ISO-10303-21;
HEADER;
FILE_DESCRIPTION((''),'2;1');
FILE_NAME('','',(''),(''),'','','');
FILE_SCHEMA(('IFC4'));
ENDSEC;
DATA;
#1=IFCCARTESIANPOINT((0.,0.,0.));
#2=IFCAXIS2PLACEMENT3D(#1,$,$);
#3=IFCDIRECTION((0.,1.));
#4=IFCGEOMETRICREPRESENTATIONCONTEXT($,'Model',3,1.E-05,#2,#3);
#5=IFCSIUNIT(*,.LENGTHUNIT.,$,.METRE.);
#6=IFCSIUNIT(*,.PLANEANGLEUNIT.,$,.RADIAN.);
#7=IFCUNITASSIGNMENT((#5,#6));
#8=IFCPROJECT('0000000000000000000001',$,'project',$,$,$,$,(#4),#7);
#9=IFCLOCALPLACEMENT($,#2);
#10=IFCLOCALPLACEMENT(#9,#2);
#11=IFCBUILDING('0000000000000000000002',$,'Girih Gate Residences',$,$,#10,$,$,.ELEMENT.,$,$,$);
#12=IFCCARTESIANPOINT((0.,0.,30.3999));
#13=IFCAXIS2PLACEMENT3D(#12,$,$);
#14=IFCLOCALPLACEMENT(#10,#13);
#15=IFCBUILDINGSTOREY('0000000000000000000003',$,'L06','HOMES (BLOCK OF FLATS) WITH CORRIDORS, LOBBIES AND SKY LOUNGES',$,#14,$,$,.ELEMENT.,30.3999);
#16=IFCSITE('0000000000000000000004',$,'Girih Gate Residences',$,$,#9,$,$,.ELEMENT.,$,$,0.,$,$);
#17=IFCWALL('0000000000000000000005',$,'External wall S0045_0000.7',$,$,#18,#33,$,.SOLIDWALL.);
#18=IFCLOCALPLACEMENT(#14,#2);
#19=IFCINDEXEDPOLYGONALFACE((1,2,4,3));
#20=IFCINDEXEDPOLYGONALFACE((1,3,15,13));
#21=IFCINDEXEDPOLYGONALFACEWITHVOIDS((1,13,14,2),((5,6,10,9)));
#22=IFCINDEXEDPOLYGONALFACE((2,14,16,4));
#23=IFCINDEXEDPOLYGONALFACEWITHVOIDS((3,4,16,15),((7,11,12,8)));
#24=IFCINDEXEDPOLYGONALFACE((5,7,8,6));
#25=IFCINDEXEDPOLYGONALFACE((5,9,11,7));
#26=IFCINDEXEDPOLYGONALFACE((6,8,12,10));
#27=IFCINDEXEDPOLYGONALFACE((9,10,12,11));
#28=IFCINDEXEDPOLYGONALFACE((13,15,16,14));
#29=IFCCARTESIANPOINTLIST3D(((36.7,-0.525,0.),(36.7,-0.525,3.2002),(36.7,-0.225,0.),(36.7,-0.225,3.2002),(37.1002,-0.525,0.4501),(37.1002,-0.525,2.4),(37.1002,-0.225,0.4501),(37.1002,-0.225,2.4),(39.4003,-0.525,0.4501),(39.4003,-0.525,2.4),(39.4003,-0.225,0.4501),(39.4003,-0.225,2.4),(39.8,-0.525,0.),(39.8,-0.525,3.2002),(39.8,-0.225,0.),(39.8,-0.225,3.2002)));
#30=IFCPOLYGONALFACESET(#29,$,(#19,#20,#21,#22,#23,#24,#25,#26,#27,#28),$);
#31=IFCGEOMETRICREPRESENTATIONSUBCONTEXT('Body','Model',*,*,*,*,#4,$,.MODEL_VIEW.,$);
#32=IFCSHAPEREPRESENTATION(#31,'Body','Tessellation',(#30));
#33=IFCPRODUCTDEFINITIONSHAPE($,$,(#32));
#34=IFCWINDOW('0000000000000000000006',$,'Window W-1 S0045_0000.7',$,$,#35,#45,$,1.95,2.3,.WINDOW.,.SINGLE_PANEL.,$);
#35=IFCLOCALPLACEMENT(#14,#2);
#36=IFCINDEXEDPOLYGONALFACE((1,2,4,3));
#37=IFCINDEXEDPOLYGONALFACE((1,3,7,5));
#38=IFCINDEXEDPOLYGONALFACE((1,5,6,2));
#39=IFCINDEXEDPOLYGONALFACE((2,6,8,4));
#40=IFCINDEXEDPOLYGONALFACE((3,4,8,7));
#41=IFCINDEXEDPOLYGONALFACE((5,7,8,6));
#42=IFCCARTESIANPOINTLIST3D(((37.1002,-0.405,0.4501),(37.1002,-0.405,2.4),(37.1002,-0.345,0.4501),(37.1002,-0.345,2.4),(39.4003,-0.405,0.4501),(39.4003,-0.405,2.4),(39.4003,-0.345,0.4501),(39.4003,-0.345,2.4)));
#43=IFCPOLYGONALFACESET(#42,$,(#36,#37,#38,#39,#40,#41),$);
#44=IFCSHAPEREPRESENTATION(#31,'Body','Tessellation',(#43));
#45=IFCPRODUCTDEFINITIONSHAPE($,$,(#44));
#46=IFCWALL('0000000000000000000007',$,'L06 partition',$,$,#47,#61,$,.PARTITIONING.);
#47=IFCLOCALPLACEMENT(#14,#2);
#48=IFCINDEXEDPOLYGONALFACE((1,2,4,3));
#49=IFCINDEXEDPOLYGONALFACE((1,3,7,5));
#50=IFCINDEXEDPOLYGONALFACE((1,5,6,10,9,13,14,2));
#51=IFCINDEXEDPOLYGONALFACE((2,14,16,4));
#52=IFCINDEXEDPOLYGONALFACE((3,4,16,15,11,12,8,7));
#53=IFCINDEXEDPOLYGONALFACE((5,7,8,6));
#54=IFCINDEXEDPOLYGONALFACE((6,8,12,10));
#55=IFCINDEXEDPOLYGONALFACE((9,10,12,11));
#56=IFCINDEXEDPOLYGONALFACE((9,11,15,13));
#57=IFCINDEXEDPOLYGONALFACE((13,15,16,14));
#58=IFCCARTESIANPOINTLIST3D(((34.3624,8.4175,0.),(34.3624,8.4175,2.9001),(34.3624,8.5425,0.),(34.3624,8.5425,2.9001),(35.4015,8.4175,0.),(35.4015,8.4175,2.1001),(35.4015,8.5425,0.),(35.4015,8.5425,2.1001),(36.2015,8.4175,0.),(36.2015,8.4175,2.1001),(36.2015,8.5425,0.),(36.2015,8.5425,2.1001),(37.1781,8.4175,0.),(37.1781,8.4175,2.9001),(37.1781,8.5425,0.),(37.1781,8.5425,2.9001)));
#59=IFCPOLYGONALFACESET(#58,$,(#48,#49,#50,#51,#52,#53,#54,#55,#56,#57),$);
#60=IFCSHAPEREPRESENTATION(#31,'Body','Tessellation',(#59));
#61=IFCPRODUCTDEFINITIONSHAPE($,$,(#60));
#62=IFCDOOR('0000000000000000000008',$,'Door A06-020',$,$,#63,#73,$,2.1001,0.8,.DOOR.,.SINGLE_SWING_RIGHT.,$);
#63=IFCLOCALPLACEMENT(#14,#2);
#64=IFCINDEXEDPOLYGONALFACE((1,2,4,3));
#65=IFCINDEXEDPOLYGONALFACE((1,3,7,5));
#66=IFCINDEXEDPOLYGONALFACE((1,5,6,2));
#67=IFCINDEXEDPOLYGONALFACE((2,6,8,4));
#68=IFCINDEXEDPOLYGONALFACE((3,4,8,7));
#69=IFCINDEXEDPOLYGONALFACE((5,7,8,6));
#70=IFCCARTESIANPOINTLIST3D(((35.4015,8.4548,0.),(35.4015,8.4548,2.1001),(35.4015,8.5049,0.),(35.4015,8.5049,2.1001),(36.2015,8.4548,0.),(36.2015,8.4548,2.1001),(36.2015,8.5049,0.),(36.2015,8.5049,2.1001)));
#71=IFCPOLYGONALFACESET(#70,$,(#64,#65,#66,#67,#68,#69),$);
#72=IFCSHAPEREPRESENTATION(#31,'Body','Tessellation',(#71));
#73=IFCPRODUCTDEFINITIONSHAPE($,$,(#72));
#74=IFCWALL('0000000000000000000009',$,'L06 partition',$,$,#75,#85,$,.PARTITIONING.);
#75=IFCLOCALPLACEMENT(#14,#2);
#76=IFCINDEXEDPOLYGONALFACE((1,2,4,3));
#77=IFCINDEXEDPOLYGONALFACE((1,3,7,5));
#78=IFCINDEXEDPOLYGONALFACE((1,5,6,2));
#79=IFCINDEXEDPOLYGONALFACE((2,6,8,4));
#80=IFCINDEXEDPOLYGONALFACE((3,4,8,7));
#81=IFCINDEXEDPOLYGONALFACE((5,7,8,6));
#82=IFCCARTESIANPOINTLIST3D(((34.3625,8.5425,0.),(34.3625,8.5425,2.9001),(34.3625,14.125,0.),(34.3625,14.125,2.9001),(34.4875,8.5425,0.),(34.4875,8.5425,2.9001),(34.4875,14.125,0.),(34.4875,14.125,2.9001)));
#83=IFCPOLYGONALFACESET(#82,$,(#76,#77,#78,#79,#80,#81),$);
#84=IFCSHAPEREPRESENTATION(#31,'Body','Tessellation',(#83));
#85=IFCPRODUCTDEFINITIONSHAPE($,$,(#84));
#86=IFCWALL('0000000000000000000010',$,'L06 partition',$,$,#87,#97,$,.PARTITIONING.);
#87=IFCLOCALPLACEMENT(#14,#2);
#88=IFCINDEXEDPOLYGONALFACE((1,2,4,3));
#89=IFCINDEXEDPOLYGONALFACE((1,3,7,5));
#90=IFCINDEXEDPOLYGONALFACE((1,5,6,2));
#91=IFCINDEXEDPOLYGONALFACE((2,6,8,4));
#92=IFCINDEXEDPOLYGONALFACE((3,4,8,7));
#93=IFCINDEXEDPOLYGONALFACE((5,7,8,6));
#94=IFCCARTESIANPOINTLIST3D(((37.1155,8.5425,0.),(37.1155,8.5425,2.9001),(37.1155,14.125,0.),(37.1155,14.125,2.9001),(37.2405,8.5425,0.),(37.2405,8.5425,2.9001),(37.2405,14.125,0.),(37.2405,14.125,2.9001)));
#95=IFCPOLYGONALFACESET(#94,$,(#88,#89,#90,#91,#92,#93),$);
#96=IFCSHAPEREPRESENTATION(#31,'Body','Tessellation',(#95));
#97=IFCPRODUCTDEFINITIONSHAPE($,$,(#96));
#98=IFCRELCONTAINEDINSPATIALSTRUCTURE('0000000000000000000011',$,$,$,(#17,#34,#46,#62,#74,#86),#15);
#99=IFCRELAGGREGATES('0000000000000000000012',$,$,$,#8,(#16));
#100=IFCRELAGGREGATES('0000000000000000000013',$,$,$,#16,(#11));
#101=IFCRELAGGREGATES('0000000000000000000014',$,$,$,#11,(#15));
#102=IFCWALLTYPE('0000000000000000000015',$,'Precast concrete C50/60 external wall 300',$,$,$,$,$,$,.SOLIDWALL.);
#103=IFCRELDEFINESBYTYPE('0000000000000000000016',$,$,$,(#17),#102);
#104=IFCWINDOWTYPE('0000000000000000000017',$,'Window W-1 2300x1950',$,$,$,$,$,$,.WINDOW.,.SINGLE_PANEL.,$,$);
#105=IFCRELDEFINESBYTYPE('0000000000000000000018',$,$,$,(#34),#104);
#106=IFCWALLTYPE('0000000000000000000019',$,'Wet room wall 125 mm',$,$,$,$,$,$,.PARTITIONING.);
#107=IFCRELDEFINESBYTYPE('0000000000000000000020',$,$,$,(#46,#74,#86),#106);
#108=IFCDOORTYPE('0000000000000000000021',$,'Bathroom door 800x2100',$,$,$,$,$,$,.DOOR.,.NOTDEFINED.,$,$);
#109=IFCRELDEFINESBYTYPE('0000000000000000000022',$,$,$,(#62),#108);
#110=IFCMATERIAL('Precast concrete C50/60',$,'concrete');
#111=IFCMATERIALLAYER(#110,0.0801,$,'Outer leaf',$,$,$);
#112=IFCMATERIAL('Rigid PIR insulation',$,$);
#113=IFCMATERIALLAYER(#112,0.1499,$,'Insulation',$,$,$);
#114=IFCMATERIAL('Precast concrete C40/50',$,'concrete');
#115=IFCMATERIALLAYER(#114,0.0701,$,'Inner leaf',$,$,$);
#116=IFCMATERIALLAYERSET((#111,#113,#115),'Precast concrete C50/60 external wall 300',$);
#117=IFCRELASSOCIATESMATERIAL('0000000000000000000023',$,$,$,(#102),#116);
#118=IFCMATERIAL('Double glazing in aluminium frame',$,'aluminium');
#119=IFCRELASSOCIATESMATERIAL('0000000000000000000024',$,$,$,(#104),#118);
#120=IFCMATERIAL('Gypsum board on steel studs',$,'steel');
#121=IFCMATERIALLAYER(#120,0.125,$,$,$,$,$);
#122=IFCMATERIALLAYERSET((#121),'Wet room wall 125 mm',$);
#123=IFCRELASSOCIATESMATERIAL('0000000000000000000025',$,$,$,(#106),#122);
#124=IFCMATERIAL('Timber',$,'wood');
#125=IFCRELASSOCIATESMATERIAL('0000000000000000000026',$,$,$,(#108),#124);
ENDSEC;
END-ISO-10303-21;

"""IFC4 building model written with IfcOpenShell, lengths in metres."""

from ifc_helpers import new_model, si_unit, direction, frame, frame_2d, origin, place, context, subcontext, project, spatial, rectangle, extrude, material, layer, layer_set, type_object, element, fill, save


model = new_model("IFC4")

# Units and contexts
model_context = context("Model", 3, precision=1e-05, world=origin(), true_north=direction((0.0, 1.0)))
body_context = subcontext(model_context, "Body", "Model", "MODEL_VIEW")
ifc_project = project(units=[si_unit("LENGTHUNIT", "METRE"), si_unit("PLANEANGLEUNIT", "RADIAN")], contexts=[model_context])

# Site, building, storey
site_placement = place(None, origin())
site = spatial("IfcSite", under=ifc_project, at=site_placement, Name="Girih Gate Residences", CompositionType="ELEMENT", RefElevation=0.0)
building_placement = place(site_placement, origin())
building = spatial("IfcBuilding", under=site, at=building_placement, Name="Girih Gate Residences", CompositionType="ELEMENT")
storey_placement = place(building_placement, frame((0.0, 0.0, 30.3999)))
storey = spatial("IfcBuildingStorey", under=building, at=storey_placement, Name="L06", Description="HOMES (BLOCK OF FLATS) WITH CORRIDORS, LOBBIES AND SKY LOUNGES", CompositionType="ELEMENT", Elevation=30.3999)

# Shared definitions
ifc_material_1 = material(Name="Gypsum board on steel studs", Category="steel")

# Shared definitions
ifc_material_2 = material(Name="Timber", Category="wood")

# Wall, opening, window
ifc_material_3 = material(Name="Precast concrete C50/60", Category="concrete")
ifc_layer_1 = layer(ifc_material_3, 0.0801, Name="Outer leaf")
ifc_material_4 = material(Name="Rigid PIR insulation")
ifc_layer_2 = layer(ifc_material_4, 0.1499, Name="Insulation")
ifc_material_5 = material(Name="Precast concrete C40/50", Category="concrete")
ifc_layer_3 = layer(ifc_material_5, 0.0701, Name="Inner leaf")
ifc_layer_set_1 = layer_set([ifc_layer_1, ifc_layer_2, ifc_layer_3], Name="Precast concrete C50/60 external wall 300")
wall_type_1 = type_object("IfcWallType", Name="Precast concrete C50/60 external wall 300", PredefinedType="SOLIDWALL", material=ifc_layer_set_1)
ifc_material_6 = material(Name="Double glazing in aluminium frame", Category="aluminium")
window_type = type_object("IfcWindowType", Name="Window W-1 2300x1950", PartitioningType="SINGLE_PANEL", PredefinedType="WINDOW", material=ifc_material_6)
wall_1_placement = place(storey_placement, frame((39.8, -0.375, 0.0), z_axis=(0.0, 0.0, 1.0), x_axis=(-1.0, 0.0, 0.0)))
wall_1 = element("IfcWall", 1, at=wall_1_placement, inside=storey, type_object=wall_type_1, Name="External wall S0045_0000.7", PredefinedType="SOLIDWALL", context=body_context, shape_type="SweptSolid", body=[
    extrude(rectangle(XDim=3.1001, YDim=0.3, at=frame_2d((1.55, 0.0))), origin(), (0.0, 0.0, 1.0), 3.2002),
])
opening_1_placement = place(wall_1_placement, frame((0.3999, 0.0, 0.45)))
opening_1 = element("IfcOpeningElement", 2, at=opening_1_placement, cuts=wall_1, PredefinedType="OPENING", context=body_context, shape_type="SweptSolid", body=[
    extrude(rectangle(XDim=2.3, YDim=1.95, at=frame_2d((1.1499, 0.9751))), frame((0.0, 0.1599, 0.0), z_axis=(0.0, -1.0, 0.0), x_axis=(1.0, 0.0, 0.0)), (0.0, 0.0, 1.0), 0.3201),
])
window_1_placement = place(opening_1_placement, origin())
window_1 = element("IfcWindow", 3, at=window_1_placement, inside=storey, type_object=window_type, Name="Window W-1 S0045_0000.7", OverallHeight=1.95, OverallWidth=2.3, PartitioningType="SINGLE_PANEL", PredefinedType="WINDOW", context=body_context, shape_type="SweptSolid", body=[
    extrude(rectangle(XDim=2.3, YDim=1.95, at=frame_2d((1.1499, 0.9751))), frame((0.0, 0.03, 0.0), z_axis=(0.0, -1.0, 0.0), x_axis=(1.0, 0.0, 0.0)), (0.0, 0.0, 1.0), 0.0601),
])
fill(opening_1, window_1)

# Wall, opening, door
ifc_layer_4 = layer(ifc_material_1, 0.125)
ifc_layer_set_2 = layer_set([ifc_layer_4], Name="Wet room wall 125 mm")
wall_type_2 = type_object("IfcWallType", Name="Wet room wall 125 mm", PredefinedType="PARTITIONING", material=ifc_layer_set_2)
wall_2_placement = place(storey_placement, frame((34.3625, 8.48, 0.0), z_axis=(0.0, 0.0, 1.0), x_axis=(1.0, 0.0, 0.0)))
wall_2 = element("IfcWall", 4, at=wall_2_placement, inside=storey, type_object=wall_type_2, Name="L06 partition", PredefinedType="PARTITIONING", context=body_context, shape_type="SweptSolid", body=[
    extrude(rectangle(XDim=2.8157, YDim=0.125, at=frame_2d((1.4077, 0.0))), origin(), (0.0, 0.0, 1.0), 2.9001),
])
opening_2_placement = place(wall_2_placement, frame((1.0391, 0.0, 0.0)))
opening_2 = element("IfcOpeningElement", 5, at=opening_2_placement, cuts=wall_2, PredefinedType="OPENING", context=body_context, shape_type="SweptSolid", body=[
    extrude(rectangle(XDim=0.8, YDim=2.1001, at=frame_2d((0.3999, 1.05))), frame((0.0, 0.0725, 0.0), z_axis=(0.0, -1.0, 0.0), x_axis=(1.0, 0.0, 0.0)), (0.0, 0.0, 1.0), 0.145),
])
door_type_1 = type_object("IfcDoorType", Name="Bathroom door 800x2100", OperationType="NOTDEFINED", PredefinedType="DOOR", material=ifc_material_2)
door_1_placement = place(opening_2_placement, origin())
door_1 = element("IfcDoor", 6, at=door_1_placement, inside=storey, type_object=door_type_1, Name="Door A06-020", OperationType="SINGLE_SWING_RIGHT", OverallHeight=2.1001, OverallWidth=0.8, PredefinedType="DOOR", context=body_context, shape_type="SweptSolid", body=[
    extrude(rectangle(XDim=0.8, YDim=2.1001, at=frame_2d((0.3999, 1.05))), frame((0.0, 0.0249, 0.0), z_axis=(0.0, -1.0, 0.0), x_axis=(1.0, 0.0, 0.0)), (0.0, 0.0, 1.0), 0.05),
])
fill(opening_2, door_1)

# Walls
for number, where, z_axis, x_axis, name in (
    (7, (34.425, 8.5425, 0.0), (0.0, 0.0, 1.0), (0.0, 1.0, 0.0), "L06 partition"),
    (8, (37.178, 8.5425, 0.0), (0.0, 0.0, 1.0), (0.0, 1.0, 0.0), "L06 partition"),
):
    element("IfcWall", number, at=place(storey_placement, frame(where, z_axis=z_axis, x_axis=x_axis)), inside=storey, type_object=wall_type_2, Name=name, PredefinedType="PARTITIONING", context=body_context, shape_type="SweptSolid", body=[
        extrude(rectangle(XDim=5.5825, YDim=0.125, at=frame_2d((2.7913, 0.0))), origin(), (0.0, 0.0, 1.0), 2.9001),
    ])

save(model, "model.ifc")
